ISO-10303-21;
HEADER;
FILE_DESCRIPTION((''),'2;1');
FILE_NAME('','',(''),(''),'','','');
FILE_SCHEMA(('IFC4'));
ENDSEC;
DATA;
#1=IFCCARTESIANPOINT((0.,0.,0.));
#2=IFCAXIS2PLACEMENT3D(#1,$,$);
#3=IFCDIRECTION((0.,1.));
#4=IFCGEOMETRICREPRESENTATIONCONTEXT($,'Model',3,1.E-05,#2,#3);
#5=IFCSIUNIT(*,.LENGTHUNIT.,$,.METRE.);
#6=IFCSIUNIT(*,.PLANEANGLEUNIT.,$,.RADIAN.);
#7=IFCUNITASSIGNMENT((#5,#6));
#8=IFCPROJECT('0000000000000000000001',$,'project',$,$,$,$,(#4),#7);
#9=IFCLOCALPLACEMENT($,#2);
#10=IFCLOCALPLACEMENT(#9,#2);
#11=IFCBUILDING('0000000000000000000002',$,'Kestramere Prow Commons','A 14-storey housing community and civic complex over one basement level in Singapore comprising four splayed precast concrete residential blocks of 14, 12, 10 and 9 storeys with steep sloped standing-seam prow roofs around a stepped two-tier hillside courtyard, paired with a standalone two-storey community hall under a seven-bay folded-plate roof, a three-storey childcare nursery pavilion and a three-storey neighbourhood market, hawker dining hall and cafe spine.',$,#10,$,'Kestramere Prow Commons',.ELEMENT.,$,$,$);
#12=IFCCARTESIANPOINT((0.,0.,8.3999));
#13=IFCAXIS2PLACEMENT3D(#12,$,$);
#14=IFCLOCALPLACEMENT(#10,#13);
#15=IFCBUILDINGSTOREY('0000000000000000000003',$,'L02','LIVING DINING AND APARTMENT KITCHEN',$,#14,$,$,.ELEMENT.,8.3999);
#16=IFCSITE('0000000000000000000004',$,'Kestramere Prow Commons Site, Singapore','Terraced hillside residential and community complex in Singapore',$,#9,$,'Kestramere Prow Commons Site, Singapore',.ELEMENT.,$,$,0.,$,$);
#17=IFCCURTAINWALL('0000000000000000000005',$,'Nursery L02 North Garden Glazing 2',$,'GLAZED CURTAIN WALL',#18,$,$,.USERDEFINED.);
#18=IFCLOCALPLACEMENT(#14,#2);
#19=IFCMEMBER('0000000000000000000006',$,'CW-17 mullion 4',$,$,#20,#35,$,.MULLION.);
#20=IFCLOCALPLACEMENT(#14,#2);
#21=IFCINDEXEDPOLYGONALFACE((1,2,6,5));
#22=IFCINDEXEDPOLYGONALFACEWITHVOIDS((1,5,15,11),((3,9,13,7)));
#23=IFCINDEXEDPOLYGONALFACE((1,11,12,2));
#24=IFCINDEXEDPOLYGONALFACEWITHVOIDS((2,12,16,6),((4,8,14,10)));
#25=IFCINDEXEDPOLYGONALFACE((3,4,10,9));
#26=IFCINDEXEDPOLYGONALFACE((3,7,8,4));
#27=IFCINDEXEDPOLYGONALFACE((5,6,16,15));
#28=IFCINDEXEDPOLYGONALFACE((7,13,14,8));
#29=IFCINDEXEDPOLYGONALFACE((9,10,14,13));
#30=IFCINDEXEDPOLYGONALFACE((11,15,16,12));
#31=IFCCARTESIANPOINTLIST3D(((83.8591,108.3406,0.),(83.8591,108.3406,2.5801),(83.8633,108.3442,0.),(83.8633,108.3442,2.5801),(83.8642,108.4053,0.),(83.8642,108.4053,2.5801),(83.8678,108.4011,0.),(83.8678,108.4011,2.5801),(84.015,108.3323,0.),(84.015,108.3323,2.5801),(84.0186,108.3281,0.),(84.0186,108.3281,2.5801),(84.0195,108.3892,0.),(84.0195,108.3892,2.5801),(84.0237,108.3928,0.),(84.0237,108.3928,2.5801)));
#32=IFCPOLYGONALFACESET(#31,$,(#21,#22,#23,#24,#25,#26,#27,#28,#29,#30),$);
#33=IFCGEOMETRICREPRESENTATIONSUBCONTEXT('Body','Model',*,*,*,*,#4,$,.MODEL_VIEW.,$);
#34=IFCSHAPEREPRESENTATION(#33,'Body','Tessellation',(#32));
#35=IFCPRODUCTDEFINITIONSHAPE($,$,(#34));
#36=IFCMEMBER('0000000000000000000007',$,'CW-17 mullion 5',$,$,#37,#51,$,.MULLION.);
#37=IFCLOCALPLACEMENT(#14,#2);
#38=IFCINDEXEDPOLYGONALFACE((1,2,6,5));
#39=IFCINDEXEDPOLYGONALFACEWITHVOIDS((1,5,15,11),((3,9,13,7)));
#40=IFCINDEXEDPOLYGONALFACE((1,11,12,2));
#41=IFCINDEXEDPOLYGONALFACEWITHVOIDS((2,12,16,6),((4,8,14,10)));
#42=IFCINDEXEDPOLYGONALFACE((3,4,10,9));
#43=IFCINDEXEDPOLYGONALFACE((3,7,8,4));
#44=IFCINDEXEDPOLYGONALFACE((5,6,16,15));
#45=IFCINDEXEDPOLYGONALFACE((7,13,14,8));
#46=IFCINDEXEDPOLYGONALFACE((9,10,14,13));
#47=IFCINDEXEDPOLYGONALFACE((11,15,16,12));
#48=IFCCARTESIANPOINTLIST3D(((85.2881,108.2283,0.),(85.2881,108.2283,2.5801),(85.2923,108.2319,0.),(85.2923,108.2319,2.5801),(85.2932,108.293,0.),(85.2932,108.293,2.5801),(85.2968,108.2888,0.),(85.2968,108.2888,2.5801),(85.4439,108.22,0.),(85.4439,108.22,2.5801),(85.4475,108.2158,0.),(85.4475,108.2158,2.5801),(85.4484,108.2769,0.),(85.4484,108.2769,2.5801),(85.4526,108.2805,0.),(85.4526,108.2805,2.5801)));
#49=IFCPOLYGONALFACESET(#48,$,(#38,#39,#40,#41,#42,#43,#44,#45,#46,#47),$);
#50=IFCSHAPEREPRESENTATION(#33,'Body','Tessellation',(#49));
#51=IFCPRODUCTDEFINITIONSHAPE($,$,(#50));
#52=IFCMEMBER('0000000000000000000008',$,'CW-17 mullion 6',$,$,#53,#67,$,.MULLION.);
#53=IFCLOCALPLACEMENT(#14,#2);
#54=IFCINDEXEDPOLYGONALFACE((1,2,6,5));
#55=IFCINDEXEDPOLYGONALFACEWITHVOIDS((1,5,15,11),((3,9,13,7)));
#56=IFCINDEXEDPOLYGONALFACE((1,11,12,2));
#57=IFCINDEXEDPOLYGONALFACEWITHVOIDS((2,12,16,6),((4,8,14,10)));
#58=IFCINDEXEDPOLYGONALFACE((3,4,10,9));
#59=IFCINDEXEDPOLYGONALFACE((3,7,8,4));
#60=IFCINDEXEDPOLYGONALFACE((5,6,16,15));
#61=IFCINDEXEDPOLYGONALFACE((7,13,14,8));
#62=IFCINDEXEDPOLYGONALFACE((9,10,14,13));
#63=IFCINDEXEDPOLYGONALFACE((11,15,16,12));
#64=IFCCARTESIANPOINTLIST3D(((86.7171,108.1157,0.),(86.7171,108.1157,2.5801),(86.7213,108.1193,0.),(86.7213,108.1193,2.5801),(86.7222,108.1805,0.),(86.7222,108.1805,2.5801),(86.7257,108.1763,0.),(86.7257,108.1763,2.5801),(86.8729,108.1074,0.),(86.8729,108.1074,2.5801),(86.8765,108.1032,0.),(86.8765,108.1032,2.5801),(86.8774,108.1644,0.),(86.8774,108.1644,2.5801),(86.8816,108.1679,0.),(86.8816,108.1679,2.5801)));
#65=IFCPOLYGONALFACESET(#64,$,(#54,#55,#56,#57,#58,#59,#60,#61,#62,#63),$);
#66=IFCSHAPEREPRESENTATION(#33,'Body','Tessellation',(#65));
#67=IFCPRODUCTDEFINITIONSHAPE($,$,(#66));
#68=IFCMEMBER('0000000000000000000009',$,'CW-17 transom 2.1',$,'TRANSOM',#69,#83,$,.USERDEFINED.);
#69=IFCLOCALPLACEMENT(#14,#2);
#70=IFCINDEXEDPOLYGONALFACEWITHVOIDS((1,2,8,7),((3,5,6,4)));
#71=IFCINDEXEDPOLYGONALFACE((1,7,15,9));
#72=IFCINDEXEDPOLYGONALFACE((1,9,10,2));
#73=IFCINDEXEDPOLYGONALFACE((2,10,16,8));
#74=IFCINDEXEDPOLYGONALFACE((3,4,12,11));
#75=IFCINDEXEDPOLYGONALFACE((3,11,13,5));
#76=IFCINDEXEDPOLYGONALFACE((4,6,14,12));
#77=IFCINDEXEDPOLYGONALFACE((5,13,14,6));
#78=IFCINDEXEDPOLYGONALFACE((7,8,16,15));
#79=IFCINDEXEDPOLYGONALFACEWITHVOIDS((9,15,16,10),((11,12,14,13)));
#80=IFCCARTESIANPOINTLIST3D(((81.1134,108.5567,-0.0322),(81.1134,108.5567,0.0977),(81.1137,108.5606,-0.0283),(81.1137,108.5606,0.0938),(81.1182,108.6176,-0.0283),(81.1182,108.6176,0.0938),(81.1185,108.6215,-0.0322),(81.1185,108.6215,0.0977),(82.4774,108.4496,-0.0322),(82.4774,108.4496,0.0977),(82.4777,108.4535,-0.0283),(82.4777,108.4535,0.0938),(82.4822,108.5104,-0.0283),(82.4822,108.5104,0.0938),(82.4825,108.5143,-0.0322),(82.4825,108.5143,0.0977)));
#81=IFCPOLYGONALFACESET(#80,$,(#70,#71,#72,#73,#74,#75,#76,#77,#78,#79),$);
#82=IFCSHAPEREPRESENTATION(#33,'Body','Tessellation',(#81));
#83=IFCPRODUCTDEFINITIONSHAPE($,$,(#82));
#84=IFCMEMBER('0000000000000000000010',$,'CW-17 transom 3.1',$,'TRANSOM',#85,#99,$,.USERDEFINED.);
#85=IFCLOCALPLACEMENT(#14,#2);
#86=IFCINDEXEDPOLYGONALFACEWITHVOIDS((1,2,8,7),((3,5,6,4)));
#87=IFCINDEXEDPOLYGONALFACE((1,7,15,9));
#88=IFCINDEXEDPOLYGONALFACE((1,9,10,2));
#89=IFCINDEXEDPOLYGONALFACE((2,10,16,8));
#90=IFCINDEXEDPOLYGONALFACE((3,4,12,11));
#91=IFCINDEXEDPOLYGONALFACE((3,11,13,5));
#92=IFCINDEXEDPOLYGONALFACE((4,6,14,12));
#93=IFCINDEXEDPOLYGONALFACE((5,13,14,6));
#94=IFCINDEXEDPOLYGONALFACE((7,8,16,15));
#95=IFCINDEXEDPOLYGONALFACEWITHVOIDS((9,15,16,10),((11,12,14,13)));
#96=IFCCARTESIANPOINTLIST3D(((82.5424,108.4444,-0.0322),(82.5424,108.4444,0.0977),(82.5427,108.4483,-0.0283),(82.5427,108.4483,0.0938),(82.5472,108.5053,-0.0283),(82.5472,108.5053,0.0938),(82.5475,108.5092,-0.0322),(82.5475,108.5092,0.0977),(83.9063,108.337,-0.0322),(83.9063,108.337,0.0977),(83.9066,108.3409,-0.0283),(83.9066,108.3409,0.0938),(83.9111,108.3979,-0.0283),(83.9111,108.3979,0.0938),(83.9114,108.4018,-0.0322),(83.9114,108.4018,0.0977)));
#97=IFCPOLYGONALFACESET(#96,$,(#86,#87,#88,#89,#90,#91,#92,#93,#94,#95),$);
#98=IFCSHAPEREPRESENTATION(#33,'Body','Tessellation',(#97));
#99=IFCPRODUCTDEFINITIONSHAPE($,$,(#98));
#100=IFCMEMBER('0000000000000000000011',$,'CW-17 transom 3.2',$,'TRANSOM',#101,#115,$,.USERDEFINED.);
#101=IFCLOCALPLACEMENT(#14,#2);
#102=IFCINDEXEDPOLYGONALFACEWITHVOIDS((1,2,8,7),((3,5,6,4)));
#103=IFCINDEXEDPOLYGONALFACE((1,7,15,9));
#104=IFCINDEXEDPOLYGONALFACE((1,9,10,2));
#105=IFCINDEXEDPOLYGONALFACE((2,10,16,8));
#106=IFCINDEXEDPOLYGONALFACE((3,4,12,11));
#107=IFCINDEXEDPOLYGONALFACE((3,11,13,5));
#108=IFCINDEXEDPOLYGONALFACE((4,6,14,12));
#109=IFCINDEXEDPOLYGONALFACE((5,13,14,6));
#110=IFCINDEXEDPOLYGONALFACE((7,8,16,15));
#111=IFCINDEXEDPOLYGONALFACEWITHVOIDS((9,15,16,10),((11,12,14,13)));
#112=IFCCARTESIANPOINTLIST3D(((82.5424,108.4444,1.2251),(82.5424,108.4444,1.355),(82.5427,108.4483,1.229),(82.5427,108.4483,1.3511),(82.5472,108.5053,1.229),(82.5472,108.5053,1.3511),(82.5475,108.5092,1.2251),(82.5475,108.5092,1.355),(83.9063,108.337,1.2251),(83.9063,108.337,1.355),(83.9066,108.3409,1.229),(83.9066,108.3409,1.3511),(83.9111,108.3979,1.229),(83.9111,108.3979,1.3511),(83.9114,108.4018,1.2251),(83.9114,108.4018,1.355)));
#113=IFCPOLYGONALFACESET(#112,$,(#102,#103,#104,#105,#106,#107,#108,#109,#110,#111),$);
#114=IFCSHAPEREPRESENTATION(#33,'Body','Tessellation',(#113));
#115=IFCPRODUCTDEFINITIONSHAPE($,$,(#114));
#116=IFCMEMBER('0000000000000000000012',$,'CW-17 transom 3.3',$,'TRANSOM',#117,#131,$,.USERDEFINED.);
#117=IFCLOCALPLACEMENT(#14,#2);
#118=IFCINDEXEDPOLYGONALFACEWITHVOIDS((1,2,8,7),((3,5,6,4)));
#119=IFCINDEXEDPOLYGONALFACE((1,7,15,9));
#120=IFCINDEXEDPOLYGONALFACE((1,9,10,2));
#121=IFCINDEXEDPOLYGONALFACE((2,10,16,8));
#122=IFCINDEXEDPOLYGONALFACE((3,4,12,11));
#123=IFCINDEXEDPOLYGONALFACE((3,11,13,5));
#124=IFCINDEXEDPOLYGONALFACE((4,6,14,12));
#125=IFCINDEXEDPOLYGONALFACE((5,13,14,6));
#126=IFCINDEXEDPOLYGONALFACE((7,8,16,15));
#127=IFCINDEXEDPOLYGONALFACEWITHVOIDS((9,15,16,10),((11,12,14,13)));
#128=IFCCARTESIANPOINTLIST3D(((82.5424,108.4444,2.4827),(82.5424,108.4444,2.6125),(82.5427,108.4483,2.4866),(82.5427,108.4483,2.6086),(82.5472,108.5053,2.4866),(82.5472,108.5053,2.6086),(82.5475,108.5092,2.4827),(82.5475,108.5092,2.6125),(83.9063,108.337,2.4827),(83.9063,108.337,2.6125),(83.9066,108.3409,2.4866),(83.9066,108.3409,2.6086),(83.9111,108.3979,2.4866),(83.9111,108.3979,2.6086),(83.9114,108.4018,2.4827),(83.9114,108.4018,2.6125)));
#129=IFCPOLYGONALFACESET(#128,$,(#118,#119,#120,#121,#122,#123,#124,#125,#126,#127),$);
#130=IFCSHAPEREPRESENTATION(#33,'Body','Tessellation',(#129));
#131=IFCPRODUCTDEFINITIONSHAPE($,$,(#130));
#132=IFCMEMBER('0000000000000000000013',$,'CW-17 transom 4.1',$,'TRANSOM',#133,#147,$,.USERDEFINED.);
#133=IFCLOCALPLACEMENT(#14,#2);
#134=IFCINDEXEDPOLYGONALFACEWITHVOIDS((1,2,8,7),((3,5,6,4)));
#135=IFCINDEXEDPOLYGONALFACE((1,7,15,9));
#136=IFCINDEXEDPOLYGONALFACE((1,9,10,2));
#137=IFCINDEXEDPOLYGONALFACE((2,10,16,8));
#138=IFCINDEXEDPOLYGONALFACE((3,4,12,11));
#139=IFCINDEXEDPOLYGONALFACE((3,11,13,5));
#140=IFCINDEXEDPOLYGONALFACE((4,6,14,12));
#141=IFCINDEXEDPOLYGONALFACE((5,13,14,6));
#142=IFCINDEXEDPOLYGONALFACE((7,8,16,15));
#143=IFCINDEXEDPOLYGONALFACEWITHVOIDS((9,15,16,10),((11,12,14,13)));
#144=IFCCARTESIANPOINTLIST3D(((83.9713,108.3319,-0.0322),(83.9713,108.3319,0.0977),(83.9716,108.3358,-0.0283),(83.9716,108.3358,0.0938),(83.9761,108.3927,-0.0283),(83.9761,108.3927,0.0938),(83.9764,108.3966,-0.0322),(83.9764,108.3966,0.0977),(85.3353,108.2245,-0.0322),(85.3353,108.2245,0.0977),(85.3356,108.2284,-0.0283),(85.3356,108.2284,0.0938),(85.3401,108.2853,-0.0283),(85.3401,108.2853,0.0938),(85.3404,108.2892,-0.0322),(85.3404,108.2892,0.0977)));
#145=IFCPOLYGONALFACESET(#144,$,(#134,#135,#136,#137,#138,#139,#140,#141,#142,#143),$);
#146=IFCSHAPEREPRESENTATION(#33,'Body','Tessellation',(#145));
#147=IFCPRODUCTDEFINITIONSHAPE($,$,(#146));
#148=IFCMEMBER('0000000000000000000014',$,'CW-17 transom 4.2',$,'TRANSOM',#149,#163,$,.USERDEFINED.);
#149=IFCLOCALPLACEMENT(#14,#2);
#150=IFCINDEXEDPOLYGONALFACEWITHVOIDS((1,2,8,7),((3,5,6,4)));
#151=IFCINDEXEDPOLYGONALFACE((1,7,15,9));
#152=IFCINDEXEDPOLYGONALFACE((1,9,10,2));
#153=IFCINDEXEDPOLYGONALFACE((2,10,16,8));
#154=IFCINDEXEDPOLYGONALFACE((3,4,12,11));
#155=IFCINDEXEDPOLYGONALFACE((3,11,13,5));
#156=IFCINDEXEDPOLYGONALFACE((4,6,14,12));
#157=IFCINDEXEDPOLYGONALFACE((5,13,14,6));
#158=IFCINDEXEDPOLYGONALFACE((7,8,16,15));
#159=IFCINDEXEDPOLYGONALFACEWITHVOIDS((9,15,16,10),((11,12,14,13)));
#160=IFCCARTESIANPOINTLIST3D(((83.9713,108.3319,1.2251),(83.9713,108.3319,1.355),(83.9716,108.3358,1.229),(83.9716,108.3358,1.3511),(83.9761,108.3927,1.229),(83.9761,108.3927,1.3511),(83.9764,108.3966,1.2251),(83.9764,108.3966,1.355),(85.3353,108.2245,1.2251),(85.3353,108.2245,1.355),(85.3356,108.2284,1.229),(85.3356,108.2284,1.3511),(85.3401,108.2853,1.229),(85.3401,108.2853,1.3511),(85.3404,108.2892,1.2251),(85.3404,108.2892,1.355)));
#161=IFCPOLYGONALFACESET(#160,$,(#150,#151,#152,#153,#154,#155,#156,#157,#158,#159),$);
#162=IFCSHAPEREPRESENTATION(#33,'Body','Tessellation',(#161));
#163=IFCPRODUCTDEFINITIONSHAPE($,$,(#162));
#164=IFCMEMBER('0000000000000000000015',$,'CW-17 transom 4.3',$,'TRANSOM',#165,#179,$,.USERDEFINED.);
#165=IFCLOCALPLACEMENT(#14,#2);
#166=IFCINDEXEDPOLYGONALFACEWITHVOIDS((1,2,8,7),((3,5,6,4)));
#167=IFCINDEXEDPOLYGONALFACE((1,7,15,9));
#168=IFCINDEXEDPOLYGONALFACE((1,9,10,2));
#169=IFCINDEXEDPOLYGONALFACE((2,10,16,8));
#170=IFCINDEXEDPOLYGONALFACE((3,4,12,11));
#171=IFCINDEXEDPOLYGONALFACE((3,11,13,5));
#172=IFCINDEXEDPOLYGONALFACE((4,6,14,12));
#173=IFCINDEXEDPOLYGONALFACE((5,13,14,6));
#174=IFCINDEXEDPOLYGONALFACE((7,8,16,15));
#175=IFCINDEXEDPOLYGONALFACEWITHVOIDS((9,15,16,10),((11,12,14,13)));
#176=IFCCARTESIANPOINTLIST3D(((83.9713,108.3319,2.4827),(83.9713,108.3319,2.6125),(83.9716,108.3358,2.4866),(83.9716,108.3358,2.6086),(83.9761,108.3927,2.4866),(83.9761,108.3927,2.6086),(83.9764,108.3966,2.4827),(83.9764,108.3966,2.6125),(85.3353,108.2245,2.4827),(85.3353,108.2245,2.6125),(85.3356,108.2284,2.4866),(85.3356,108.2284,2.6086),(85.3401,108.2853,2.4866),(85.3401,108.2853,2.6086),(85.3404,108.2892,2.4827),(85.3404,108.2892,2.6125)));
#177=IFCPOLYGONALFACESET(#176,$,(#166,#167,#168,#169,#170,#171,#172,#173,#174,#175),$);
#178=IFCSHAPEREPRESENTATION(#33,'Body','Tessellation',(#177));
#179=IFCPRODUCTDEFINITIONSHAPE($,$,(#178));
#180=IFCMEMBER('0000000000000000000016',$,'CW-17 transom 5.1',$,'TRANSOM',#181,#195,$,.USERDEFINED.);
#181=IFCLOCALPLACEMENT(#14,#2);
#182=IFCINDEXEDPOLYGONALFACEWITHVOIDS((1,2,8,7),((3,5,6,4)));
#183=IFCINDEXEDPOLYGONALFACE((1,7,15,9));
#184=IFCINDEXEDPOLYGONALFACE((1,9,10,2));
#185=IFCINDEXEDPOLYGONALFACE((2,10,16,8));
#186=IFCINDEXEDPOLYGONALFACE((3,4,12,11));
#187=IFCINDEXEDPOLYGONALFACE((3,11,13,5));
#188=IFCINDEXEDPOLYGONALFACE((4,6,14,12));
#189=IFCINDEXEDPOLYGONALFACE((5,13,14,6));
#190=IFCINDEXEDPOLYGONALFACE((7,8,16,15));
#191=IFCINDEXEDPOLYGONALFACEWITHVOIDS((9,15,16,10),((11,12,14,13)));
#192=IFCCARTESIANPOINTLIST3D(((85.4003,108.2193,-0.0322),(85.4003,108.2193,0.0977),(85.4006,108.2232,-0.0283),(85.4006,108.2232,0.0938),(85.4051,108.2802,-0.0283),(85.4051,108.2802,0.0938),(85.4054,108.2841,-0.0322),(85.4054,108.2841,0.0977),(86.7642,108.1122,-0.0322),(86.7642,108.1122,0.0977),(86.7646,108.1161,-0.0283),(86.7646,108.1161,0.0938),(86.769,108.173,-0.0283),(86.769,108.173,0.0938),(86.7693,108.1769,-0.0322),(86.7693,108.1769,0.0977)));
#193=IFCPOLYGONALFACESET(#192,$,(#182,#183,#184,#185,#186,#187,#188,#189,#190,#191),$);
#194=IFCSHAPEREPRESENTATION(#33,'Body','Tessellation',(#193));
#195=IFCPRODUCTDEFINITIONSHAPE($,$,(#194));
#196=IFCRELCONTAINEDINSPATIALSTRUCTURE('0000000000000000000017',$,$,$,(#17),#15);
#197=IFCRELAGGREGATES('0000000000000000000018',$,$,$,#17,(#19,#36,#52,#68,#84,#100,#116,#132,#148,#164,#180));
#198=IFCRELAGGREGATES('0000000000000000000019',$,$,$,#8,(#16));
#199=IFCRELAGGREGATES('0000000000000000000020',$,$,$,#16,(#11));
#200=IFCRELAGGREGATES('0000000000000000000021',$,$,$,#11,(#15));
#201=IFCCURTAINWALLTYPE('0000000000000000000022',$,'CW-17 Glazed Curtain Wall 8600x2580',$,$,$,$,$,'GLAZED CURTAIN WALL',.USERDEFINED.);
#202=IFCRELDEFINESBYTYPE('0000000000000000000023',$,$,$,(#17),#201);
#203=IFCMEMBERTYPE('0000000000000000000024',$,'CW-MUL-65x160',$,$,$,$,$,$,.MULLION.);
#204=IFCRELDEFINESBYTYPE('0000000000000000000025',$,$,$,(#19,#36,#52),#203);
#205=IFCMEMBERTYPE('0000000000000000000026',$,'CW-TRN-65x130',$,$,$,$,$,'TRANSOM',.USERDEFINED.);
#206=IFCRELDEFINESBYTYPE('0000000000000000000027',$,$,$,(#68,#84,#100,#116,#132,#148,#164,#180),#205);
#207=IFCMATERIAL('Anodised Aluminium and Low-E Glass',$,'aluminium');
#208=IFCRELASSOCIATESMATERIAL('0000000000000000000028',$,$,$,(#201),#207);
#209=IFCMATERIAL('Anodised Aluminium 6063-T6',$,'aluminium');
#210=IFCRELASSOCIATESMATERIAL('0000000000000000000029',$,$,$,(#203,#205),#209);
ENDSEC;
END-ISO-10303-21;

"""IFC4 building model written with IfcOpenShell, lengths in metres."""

from ifc_helpers import new_model, si_unit, direction, frame, origin, origin_2d, place, context, subcontext, project, spatial, hollow_rectangle, extrude, material, material_profile, profile_set, type_object, element, aggregate, save


model = new_model("IFC4")

# Units and contexts
model_context = context("Model", 3, precision=1e-05, world=origin(), true_north=direction((0.0, 1.0)))
body_context = subcontext(model_context, "Body", "Model", "MODEL_VIEW")
ifc_project = project(units=[si_unit("LENGTHUNIT", "METRE"), si_unit("PLANEANGLEUNIT", "RADIAN")], contexts=[model_context])

# Site, building, storey
site_placement = place(None, origin())
site = spatial("IfcSite", under=ifc_project, at=site_placement, Name="Kestramere Prow Commons Site, Singapore", Description="Terraced hillside residential and community complex in Singapore", LongName="Kestramere Prow Commons Site, Singapore", CompositionType="ELEMENT", RefElevation=0.0)
building_placement = place(site_placement, origin())
building = spatial("IfcBuilding", under=site, at=building_placement, Name="Kestramere Prow Commons", Description="A 14-storey housing community and civic complex over one basement level in Singapore comprising four splayed precast concrete residential blocks of 14, 12, 10 and 9 storeys with steep sloped standing-seam prow roofs around a stepped two-tier hillside courtyard, paired with a standalone two-storey community hall under a seven-bay folded-plate roof, a three-storey childcare nursery pavilion and a three-storey neighbourhood market, hawker dining hall and cafe spine.", LongName="Kestramere Prow Commons", CompositionType="ELEMENT")
storey_placement = place(building_placement, frame((0.0, 0.0, 8.3999)))
storey = spatial("IfcBuildingStorey", under=building, at=storey_placement, Name="L02", Description="LIVING DINING AND APARTMENT KITCHEN", CompositionType="ELEMENT", Elevation=8.3999)

# Curtain wall, members
ifc_material_1 = material(Name="Anodised Aluminium and Low-E Glass", Category="aluminium")
curtain_wall_type = type_object("IfcCurtainWallType", Name="CW-17 Glazed Curtain Wall 8600x2580", ElementType="GLAZED CURTAIN WALL", PredefinedType="USERDEFINED", material=ifc_material_1)
curtain_wall_placement = place(storey_placement, origin())
curtain_wall = element("IfcCurtainWall", 1, at=curtain_wall_placement, inside=storey, type_object=curtain_wall_type, Name="Nursery L02 North Garden Glazing 2", ObjectType="GLAZED CURTAIN WALL", PredefinedType="USERDEFINED")
ifc_material_2 = material(Name="Anodised Aluminium 6063-T6", Category="aluminium")
ifc_material_profile_1 = material_profile(ifc_material_2, hollow_rectangle(XDim=0.0649, YDim=0.1599, WallThickness=0.0039, at=origin_2d()), Name="ALU-MUL 65x160")
ifc_profile_set_1 = profile_set([ifc_material_profile_1], Name="Anodised Aluminium 6063-T6")
member_type_1 = type_object("IfcMemberType", Name="CW-MUL-65x160", PredefinedType="MULLION", material=ifc_profile_set_1)
member_1_placement = place(storey_placement, frame((83.9414, 108.3667, 0.0), z_axis=(0.0, 0.0, 1.0), x_axis=(0.078459, 0.996917, 0.0)))
member_1 = element("IfcMember", 2, at=member_1_placement, type_object=member_type_1, Name="CW-17 mullion 4", PredefinedType="MULLION", context=body_context, shape_type="SweptSolid", body=[
    extrude(hollow_rectangle(XDim=0.0649, YDim=0.1599, WallThickness=0.0039, at=origin_2d()), origin(), (0.0, 0.0, 1.0), 2.5801),
])
member_2_placement = place(storey_placement, frame((85.3704, 108.2544, 0.0), z_axis=(0.0, 0.0, 1.0), x_axis=(0.078459, 0.996917, 0.0)))
member_2 = element("IfcMember", 3, at=member_2_placement, type_object=member_type_1, Name="CW-17 mullion 5", PredefinedType="MULLION", context=body_context, shape_type="SweptSolid", body=[
    extrude(hollow_rectangle(XDim=0.0649, YDim=0.1599, WallThickness=0.0039, at=origin_2d()), origin(), (0.0, 0.0, 1.0), 2.5801),
])
member_3_placement = place(storey_placement, frame((86.7993, 108.1418, 0.0), z_axis=(0.0, 0.0, 1.0), x_axis=(0.078459, 0.996917, 0.0)))
member_3 = element("IfcMember", 4, at=member_3_placement, type_object=member_type_1, Name="CW-17 mullion 6", PredefinedType="MULLION", context=body_context, shape_type="SweptSolid", body=[
    extrude(hollow_rectangle(XDim=0.0649, YDim=0.1599, WallThickness=0.0039, at=origin_2d()), origin(), (0.0, 0.0, 1.0), 2.5801),
])
ifc_material_profile_2 = material_profile(ifc_material_2, hollow_rectangle(XDim=0.0649, YDim=0.1299, WallThickness=0.0039, at=origin_2d()), Name="ALU-TRN 65x130")
ifc_profile_set_2 = profile_set([ifc_material_profile_2], Name="Anodised Aluminium 6063-T6")
member_type_2 = type_object("IfcMemberType", Name="CW-TRN-65x130", ElementType="TRANSOM", PredefinedType="USERDEFINED", material=ifc_profile_set_2)
member_4_placement = place(storey_placement, frame((81.116, 108.5891, 0.0327), z_axis=(0.996927, -0.078334, 0.0), x_axis=(0.078334, 0.996927, 0.0)))
member_4 = element("IfcMember", 5, at=member_4_placement, type_object=member_type_2, Name="CW-17 transom 2.1", ObjectType="TRANSOM", PredefinedType="USERDEFINED", context=body_context, shape_type="SweptSolid", body=[
    extrude(hollow_rectangle(XDim=0.0649, YDim=0.1299, WallThickness=0.0039, at=origin_2d()), origin(), (0.0, 0.0, 1.0), 1.3682),
])
member_5_placement = place(storey_placement, frame((82.5449, 108.4768, 0.0327), z_axis=(0.996913, -0.078511, 0.0), x_axis=(0.078511, 0.996913, 0.0)))
member_5 = element("IfcMember", 6, at=member_5_placement, type_object=member_type_2, Name="CW-17 transom 3.1", ObjectType="TRANSOM", PredefinedType="USERDEFINED", context=body_context, shape_type="SweptSolid", body=[
    extrude(hollow_rectangle(XDim=0.0649, YDim=0.1299, WallThickness=0.0039, at=origin_2d()), origin(), (0.0, 0.0, 1.0), 1.3682),
])
member_6_placement = place(storey_placement, frame((82.5449, 108.4768, 1.29), z_axis=(0.996913, -0.078511, 0.0), x_axis=(0.078511, 0.996913, 0.0)))
member_6 = element("IfcMember", 7, at=member_6_placement, type_object=member_type_2, Name="CW-17 transom 3.2", ObjectType="TRANSOM", PredefinedType="USERDEFINED", context=body_context, shape_type="SweptSolid", body=[
    extrude(hollow_rectangle(XDim=0.0649, YDim=0.1299, WallThickness=0.0039, at=origin_2d()), origin(), (0.0, 0.0, 1.0), 1.3682),
])
member_7_placement = place(storey_placement, frame((82.5449, 108.4768, 2.5476), z_axis=(0.996913, -0.078511, 0.0), x_axis=(0.078511, 0.996913, 0.0)))
member_7 = element("IfcMember", 8, at=member_7_placement, type_object=member_type_2, Name="CW-17 transom 3.3", ObjectType="TRANSOM", PredefinedType="USERDEFINED", context=body_context, shape_type="SweptSolid", body=[
    extrude(hollow_rectangle(XDim=0.0649, YDim=0.1299, WallThickness=0.0039, at=origin_2d()), origin(), (0.0, 0.0, 1.0), 1.3682),
])
member_8_placement = place(storey_placement, frame((83.9739, 108.3643, 0.0327), z_axis=(0.996913, -0.078511, 0.0), x_axis=(0.078511, 0.996913, 0.0)))
member_8 = element("IfcMember", 9, at=member_8_placement, type_object=member_type_2, Name="CW-17 transom 4.1", ObjectType="TRANSOM", PredefinedType="USERDEFINED", context=body_context, shape_type="SweptSolid", body=[
    extrude(hollow_rectangle(XDim=0.0649, YDim=0.1299, WallThickness=0.0039, at=origin_2d()), origin(), (0.0, 0.0, 1.0), 1.3682),
])
member_9_placement = place(storey_placement, frame((83.9739, 108.3643, 1.29), z_axis=(0.996913, -0.078511, 0.0), x_axis=(0.078511, 0.996913, 0.0)))
member_9 = element("IfcMember", 10, at=member_9_placement, type_object=member_type_2, Name="CW-17 transom 4.2", ObjectType="TRANSOM", PredefinedType="USERDEFINED", context=body_context, shape_type="SweptSolid", body=[
    extrude(hollow_rectangle(XDim=0.0649, YDim=0.1299, WallThickness=0.0039, at=origin_2d()), origin(), (0.0, 0.0, 1.0), 1.3682),
])
member_10_placement = place(storey_placement, frame((83.9739, 108.3643, 2.5476), z_axis=(0.996913, -0.078511, 0.0), x_axis=(0.078511, 0.996913, 0.0)))
member_10 = element("IfcMember", 11, at=member_10_placement, type_object=member_type_2, Name="CW-17 transom 4.3", ObjectType="TRANSOM", PredefinedType="USERDEFINED", context=body_context, shape_type="SweptSolid", body=[
    extrude(hollow_rectangle(XDim=0.0649, YDim=0.1299, WallThickness=0.0039, at=origin_2d()), origin(), (0.0, 0.0, 1.0), 1.3682),
])
member_11_placement = place(storey_placement, frame((85.4028, 108.2517, 0.0327), z_axis=(0.996927, -0.078334, 0.0), x_axis=(0.078334, 0.996927, 0.0)))
member_11 = element("IfcMember", 12, at=member_11_placement, type_object=member_type_2, Name="CW-17 transom 5.1", ObjectType="TRANSOM", PredefinedType="USERDEFINED", context=body_context, shape_type="SweptSolid", body=[
    extrude(hollow_rectangle(XDim=0.0649, YDim=0.1299, WallThickness=0.0039, at=origin_2d()), origin(), (0.0, 0.0, 1.0), 1.3682),
])

aggregate(curtain_wall, [member_1, member_2, member_3, member_4, member_5, member_6, member_7, member_8, member_9, member_10, member_11])

save(model, "model.ifc")
